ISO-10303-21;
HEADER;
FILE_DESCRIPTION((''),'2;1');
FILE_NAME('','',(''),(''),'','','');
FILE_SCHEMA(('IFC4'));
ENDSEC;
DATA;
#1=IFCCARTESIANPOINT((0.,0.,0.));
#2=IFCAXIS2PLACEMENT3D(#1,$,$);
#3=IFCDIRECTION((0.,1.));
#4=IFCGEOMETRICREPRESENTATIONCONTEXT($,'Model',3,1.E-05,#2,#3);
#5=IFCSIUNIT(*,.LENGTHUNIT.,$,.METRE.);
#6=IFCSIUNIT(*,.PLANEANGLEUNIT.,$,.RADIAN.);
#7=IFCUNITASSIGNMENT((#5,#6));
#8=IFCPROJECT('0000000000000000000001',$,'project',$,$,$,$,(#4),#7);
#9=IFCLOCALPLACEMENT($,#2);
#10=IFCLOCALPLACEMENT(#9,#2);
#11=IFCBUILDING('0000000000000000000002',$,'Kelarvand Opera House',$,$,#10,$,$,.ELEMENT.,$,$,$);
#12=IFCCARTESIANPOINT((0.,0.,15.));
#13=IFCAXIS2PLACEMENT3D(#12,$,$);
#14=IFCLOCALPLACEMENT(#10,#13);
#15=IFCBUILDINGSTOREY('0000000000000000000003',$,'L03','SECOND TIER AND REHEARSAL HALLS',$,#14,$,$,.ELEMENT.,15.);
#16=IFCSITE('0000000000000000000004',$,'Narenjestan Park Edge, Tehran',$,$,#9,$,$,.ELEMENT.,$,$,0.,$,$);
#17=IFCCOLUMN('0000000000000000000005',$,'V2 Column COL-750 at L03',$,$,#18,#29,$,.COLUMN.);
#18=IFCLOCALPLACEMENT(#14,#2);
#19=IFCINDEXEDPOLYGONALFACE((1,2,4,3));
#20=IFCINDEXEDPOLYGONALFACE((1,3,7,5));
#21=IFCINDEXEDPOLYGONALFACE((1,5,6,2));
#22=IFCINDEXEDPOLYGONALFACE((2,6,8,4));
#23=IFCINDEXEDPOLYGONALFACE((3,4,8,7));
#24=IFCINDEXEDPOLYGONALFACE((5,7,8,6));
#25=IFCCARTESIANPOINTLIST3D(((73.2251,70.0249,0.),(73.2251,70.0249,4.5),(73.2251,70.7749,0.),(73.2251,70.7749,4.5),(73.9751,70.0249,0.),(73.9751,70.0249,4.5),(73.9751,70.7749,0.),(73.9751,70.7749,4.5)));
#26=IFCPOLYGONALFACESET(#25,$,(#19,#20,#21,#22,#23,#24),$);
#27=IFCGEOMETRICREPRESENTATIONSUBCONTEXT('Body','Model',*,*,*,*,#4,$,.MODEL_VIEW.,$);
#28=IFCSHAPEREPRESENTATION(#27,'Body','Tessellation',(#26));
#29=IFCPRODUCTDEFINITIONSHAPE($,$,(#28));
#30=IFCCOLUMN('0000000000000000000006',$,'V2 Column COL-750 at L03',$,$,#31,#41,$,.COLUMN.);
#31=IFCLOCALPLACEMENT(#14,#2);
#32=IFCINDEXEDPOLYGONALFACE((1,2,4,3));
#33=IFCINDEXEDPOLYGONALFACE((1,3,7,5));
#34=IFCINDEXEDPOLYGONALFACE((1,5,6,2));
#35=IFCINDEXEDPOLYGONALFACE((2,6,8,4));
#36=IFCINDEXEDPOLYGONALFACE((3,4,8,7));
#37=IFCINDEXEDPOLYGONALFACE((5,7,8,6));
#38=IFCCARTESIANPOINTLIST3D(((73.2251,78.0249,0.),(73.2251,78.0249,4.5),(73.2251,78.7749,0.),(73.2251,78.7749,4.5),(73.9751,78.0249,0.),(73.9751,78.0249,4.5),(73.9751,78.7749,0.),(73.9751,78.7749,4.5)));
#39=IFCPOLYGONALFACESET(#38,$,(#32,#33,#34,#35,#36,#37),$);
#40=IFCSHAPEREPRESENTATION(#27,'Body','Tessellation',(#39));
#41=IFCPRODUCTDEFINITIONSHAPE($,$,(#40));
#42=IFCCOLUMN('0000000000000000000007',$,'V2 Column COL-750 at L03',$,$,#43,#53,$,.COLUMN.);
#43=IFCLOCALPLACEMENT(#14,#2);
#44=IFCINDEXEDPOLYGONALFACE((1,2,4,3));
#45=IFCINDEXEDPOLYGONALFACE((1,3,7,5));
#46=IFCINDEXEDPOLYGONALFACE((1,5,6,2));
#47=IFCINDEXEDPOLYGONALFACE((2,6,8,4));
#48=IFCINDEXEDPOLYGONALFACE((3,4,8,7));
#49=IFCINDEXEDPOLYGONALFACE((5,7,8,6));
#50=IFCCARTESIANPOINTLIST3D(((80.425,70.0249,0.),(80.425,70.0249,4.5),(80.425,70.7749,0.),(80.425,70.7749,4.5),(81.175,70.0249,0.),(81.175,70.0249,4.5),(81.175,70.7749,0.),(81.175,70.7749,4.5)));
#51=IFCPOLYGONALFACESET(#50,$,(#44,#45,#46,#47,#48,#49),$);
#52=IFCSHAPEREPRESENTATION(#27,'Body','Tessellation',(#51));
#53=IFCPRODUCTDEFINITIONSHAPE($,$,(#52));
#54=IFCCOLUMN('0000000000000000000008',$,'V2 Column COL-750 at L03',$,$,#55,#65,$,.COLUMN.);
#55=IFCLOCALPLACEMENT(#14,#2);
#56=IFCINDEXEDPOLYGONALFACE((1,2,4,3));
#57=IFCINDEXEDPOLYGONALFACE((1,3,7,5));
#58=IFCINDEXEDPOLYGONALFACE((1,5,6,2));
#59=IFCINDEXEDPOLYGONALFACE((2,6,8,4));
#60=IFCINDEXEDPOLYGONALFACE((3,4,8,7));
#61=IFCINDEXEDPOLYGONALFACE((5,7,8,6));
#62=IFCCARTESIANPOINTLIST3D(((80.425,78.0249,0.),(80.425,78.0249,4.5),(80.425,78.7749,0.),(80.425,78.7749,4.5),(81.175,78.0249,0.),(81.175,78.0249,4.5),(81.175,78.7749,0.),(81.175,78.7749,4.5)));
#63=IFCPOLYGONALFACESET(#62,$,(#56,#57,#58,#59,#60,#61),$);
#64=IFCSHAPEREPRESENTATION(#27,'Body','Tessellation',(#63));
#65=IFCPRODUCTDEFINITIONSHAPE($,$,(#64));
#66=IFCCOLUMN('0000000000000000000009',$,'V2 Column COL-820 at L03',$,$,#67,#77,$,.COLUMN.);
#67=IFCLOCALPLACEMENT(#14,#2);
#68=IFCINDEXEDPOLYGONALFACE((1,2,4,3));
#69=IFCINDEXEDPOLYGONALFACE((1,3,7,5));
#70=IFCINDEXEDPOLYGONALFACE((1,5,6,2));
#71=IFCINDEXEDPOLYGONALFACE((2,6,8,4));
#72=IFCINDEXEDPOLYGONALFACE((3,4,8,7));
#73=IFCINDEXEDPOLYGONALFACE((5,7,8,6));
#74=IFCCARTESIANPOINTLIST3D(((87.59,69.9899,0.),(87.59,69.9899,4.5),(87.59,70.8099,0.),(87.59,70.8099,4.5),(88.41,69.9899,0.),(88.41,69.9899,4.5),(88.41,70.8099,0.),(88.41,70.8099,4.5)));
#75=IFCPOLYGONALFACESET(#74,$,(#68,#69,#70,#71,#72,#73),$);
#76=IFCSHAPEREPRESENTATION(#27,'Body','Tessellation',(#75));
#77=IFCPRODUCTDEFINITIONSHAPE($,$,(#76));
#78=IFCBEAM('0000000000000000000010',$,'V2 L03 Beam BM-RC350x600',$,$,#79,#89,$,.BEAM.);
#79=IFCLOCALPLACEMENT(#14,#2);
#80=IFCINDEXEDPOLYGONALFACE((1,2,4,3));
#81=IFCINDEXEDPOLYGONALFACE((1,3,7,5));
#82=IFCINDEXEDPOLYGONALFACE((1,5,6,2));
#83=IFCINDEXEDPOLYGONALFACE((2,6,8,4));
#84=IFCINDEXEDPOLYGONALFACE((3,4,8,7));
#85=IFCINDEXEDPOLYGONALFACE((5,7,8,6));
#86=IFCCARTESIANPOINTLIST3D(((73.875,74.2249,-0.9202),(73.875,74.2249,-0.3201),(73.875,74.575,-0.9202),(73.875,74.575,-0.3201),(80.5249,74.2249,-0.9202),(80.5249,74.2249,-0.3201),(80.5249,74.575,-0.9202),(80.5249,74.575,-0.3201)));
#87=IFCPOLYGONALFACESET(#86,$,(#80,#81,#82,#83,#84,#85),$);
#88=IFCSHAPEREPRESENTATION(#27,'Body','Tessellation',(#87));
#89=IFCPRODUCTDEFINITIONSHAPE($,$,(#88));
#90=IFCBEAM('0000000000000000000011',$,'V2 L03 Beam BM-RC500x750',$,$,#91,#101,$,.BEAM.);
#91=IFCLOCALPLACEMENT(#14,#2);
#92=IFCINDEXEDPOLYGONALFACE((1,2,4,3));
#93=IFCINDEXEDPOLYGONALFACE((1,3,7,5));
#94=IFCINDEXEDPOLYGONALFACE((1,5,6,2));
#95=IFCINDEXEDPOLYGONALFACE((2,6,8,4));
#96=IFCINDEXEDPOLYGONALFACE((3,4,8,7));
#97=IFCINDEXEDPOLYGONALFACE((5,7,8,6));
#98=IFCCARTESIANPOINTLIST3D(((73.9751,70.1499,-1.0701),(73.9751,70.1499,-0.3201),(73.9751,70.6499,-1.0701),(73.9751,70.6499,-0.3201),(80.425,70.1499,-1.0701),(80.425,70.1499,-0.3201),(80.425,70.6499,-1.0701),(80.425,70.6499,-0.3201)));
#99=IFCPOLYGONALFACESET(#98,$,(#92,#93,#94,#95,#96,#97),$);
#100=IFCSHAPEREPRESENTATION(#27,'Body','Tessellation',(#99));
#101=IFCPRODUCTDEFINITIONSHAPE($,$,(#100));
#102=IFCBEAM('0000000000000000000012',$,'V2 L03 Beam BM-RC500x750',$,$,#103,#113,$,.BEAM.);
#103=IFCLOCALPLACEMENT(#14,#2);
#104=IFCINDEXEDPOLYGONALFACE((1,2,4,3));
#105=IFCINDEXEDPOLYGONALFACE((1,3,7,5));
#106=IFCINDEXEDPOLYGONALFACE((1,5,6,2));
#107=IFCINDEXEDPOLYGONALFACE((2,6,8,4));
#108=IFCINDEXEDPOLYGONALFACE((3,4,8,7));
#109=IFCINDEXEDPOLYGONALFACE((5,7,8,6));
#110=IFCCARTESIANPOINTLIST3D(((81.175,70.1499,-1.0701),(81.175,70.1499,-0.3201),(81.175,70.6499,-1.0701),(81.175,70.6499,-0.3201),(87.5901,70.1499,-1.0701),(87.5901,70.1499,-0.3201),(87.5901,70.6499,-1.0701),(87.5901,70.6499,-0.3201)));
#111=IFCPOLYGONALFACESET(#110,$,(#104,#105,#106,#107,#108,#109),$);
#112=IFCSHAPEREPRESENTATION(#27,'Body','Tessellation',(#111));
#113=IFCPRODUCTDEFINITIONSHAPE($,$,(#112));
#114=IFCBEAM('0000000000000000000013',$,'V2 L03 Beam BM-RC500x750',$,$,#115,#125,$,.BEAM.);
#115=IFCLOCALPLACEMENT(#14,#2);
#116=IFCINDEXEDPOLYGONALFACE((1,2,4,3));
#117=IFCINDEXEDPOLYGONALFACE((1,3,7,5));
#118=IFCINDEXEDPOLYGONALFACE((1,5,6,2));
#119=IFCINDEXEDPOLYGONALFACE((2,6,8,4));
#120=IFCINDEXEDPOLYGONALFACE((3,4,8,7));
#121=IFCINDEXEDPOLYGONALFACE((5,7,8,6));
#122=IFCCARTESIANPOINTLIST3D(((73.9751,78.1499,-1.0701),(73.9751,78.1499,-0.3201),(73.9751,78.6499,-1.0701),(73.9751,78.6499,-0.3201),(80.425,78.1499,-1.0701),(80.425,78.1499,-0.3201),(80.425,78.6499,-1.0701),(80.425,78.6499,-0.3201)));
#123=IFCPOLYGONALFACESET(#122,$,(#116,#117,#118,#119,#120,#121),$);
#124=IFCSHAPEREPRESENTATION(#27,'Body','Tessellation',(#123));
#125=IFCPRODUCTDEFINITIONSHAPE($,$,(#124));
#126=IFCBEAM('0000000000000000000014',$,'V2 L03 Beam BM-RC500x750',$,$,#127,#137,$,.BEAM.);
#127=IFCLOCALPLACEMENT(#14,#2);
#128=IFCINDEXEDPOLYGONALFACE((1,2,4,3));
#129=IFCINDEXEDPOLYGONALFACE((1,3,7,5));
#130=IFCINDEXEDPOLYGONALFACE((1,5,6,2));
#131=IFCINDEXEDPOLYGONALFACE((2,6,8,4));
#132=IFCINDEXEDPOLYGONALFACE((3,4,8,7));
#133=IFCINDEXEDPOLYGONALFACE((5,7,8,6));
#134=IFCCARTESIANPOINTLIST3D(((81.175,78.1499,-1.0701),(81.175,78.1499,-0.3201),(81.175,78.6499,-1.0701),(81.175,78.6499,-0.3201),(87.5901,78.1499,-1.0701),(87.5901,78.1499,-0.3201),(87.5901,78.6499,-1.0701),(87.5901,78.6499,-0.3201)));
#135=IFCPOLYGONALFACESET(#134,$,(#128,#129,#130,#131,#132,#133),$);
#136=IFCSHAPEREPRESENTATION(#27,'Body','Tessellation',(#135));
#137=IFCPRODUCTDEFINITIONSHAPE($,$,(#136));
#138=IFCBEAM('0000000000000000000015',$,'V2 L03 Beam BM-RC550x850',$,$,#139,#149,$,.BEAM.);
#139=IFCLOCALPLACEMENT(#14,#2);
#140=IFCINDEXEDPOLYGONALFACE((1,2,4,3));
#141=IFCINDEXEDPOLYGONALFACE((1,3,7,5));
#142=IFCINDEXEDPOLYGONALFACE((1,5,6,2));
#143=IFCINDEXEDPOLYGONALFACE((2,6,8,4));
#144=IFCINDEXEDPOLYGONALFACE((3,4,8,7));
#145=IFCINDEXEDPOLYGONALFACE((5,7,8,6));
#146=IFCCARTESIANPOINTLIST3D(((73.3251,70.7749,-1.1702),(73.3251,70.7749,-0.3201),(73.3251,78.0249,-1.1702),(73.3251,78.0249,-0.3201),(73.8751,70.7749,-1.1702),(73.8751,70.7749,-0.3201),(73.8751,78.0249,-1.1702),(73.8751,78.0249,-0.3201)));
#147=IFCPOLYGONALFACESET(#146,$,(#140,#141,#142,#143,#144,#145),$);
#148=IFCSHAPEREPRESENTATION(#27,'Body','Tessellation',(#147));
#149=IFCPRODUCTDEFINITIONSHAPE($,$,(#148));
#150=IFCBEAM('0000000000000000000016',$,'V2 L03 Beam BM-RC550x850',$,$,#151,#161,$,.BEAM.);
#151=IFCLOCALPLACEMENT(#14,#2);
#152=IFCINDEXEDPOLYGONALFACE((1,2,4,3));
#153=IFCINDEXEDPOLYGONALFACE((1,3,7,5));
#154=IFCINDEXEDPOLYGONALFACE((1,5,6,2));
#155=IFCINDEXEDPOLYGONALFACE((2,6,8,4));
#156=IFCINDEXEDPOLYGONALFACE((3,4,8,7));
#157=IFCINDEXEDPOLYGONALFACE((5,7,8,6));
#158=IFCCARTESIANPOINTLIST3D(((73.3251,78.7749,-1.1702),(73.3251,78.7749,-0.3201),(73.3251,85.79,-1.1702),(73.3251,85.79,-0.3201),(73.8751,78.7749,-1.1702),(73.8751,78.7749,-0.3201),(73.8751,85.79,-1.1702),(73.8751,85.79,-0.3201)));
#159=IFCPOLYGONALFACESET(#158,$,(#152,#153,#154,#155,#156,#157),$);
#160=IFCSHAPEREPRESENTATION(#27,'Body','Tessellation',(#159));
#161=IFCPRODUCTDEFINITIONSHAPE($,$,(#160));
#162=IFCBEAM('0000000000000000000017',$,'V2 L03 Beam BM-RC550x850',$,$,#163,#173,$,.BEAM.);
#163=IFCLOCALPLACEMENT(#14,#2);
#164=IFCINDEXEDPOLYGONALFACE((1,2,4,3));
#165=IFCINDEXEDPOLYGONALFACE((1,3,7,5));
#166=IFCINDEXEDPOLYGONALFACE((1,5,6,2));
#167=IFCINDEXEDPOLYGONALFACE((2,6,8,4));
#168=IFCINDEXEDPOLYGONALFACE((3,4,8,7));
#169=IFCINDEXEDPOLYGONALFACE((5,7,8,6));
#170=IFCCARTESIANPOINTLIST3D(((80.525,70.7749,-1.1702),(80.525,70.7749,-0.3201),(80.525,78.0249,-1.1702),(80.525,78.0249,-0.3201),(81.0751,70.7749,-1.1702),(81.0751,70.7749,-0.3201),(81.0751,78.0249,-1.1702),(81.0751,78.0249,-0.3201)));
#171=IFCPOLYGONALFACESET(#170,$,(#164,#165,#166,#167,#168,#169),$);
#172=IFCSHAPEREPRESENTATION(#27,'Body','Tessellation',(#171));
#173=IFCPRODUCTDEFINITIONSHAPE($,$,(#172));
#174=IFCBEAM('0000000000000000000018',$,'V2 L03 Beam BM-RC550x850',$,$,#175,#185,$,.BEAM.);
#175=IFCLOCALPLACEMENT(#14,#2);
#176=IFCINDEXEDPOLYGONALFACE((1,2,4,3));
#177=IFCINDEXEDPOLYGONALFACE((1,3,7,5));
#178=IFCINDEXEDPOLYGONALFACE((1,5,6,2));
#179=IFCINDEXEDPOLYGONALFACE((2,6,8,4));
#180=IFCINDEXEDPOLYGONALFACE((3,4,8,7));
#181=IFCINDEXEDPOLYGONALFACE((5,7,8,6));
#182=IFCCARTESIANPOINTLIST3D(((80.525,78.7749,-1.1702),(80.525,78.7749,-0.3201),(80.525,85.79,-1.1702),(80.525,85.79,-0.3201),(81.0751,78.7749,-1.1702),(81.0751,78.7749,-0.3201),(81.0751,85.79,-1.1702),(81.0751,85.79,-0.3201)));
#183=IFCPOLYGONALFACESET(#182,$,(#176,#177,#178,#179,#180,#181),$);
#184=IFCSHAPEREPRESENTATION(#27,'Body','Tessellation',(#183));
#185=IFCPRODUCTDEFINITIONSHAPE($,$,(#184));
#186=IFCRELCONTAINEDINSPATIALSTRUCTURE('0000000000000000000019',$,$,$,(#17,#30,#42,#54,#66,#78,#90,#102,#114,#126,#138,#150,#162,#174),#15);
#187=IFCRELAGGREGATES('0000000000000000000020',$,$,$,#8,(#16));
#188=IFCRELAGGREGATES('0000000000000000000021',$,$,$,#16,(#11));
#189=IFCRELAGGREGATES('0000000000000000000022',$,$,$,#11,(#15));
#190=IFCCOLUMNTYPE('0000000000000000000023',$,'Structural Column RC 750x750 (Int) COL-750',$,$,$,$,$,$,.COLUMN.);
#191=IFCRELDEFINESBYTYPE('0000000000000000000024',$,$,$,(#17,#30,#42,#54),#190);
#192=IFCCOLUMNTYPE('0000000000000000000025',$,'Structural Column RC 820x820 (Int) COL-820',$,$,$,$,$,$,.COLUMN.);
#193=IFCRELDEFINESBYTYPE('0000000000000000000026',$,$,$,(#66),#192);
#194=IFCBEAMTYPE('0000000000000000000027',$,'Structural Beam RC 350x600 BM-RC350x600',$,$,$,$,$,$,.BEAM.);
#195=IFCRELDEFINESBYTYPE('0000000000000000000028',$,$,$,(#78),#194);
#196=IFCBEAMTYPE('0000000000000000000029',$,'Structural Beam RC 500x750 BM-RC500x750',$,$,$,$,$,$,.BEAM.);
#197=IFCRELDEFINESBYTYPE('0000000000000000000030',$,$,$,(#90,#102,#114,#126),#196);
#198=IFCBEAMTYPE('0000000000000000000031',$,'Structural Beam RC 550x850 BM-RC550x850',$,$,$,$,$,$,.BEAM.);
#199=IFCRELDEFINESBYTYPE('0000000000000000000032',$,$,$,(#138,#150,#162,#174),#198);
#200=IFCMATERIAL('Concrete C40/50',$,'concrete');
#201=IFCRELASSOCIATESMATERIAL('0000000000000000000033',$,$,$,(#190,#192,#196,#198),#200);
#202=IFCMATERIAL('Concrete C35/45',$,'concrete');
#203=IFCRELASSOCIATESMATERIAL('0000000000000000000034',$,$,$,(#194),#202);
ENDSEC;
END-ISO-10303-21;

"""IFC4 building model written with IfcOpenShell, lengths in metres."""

from ifc_helpers import new_model, si_unit, direction, frame, origin, origin_2d, place, context, subcontext, project, spatial, rectangle, extrude, material, material_profile, profile_set, type_object, element, save


model = new_model("IFC4")

# Units and contexts
model_context = context("Model", 3, precision=1e-05, world=origin(), true_north=direction((0.0, 1.0)))
body_context = subcontext(model_context, "Body", "Model", "MODEL_VIEW")
ifc_project = project(units=[si_unit("LENGTHUNIT", "METRE"), si_unit("PLANEANGLEUNIT", "RADIAN")], contexts=[model_context])

# Site, building, storey
site_placement = place(None, origin())
site = spatial("IfcSite", under=ifc_project, at=site_placement, Name="Narenjestan Park Edge, Tehran", CompositionType="ELEMENT", RefElevation=0.0)
building_placement = place(site_placement, origin())
building = spatial("IfcBuilding", under=site, at=building_placement, Name="Kelarvand Opera House", CompositionType="ELEMENT")
storey_placement = place(building_placement, frame((0.0, 0.0, 15.0)))
storey = spatial("IfcBuildingStorey", under=building, at=storey_placement, Name="L03", Description="SECOND TIER AND REHEARSAL HALLS", CompositionType="ELEMENT", Elevation=15.0)

# Columns
ifc_material_1 = material(Name="Concrete C40/50", Category="concrete")
ifc_material_profile_1 = material_profile(ifc_material_1, rectangle(XDim=0.75, YDim=0.75, at=origin_2d()), Name="RC 750x750", Category="concrete")
ifc_profile_set_1 = profile_set([ifc_material_profile_1], Name="Concrete C40/50")
column_type_1 = type_object("IfcColumnType", Name="Structural Column RC 750x750 (Int) COL-750", PredefinedType="COLUMN", material=ifc_profile_set_1)
for number, where, z_axis, x_axis, name in (
    (1, (73.6001, 70.3999, 0.0), (0.0, 0.0, 1.0), (1.0, 0.0, 0.0), "V2 Column COL-750 at L03"),
    (2, (73.6001, 78.3999, 0.0), (0.0, 0.0, 1.0), (1.0, 0.0, 0.0), "V2 Column COL-750 at L03"),
    (3, (80.8, 70.3999, 0.0), (0.0, 0.0, 1.0), (1.0, 0.0, 0.0), "V2 Column COL-750 at L03"),
    (4, (80.8, 78.3999, 0.0), (0.0, 0.0, 1.0), (1.0, 0.0, 0.0), "V2 Column COL-750 at L03"),
):
    element("IfcColumn", number, at=place(storey_placement, frame(where, z_axis=z_axis, x_axis=x_axis)), inside=storey, type_object=column_type_1, Name=name, PredefinedType="COLUMN", context=body_context, shape_type="SweptSolid", body=[
        extrude(rectangle(XDim=0.75, YDim=0.75, at=origin_2d()), origin(), (0.0, 0.0, 1.0), 4.5),
    ])
ifc_material_profile_2 = material_profile(ifc_material_1, rectangle(XDim=0.8201, YDim=0.8201, at=origin_2d()), Name="RC 820x820", Category="concrete")
ifc_profile_set_2 = profile_set([ifc_material_profile_2], Name="Concrete C40/50")
column_type_2 = type_object("IfcColumnType", Name="Structural Column RC 820x820 (Int) COL-820", PredefinedType="COLUMN", material=ifc_profile_set_2)
column_placement = place(storey_placement, frame((88.0, 70.3999, 0.0), z_axis=(0.0, 0.0, 1.0), x_axis=(1.0, 0.0, 0.0)))
element("IfcColumn", 5, at=column_placement, inside=storey, type_object=column_type_2, Name="V2 Column COL-820 at L03", PredefinedType="COLUMN", context=body_context, shape_type="SweptSolid", body=[
    extrude(rectangle(XDim=0.8201, YDim=0.8201, at=origin_2d()), origin(), (0.0, 0.0, 1.0), 4.5),
])

# Beams
ifc_material_2 = material(Name="Concrete C35/45", Category="concrete")
ifc_material_profile_3 = material_profile(ifc_material_2, rectangle(XDim=0.3501, YDim=0.6001, at=origin_2d()), Name="RC 350x600", Category="concrete")
ifc_profile_set_3 = profile_set([ifc_material_profile_3], Name="Concrete C35/45")
beam_type_1 = type_object("IfcBeamType", Name="Structural Beam RC 350x600 BM-RC350x600", PredefinedType="BEAM", material=ifc_profile_set_3)
beam_1_placement = place(storey_placement, frame((73.875, 74.3999, -0.6201), z_axis=(1.0, 0.0, 0.0), x_axis=(0.0, 1.0, 0.0)))
element("IfcBeam", 6, at=beam_1_placement, inside=storey, type_object=beam_type_1, Name="V2 L03 Beam BM-RC350x600", PredefinedType="BEAM", context=body_context, shape_type="SweptSolid", body=[
    extrude(rectangle(XDim=0.3501, YDim=0.6001, at=origin_2d()), origin(), (0.0, 0.0, 1.0), 6.6499),
])
ifc_material_profile_4 = material_profile(ifc_material_1, rectangle(XDim=0.5, YDim=0.75, at=origin_2d()), Name="RC 500x750", Category="concrete")
ifc_profile_set_4 = profile_set([ifc_material_profile_4], Name="Concrete C40/50")
beam_type_2 = type_object("IfcBeamType", Name="Structural Beam RC 500x750 BM-RC500x750", PredefinedType="BEAM", material=ifc_profile_set_4)
beam_2_placement = place(storey_placement, frame((73.9751, 70.3999, -0.6951), z_axis=(1.0, 0.0, 0.0), x_axis=(0.0, 1.0, 0.0)))
element("IfcBeam", 7, at=beam_2_placement, inside=storey, type_object=beam_type_2, Name="V2 L03 Beam BM-RC500x750", PredefinedType="BEAM", context=body_context, shape_type="SweptSolid", body=[
    extrude(rectangle(XDim=0.5, YDim=0.75, at=origin_2d()), origin(), (0.0, 0.0, 1.0), 6.45),
])
beam_3_placement = place(storey_placement, frame((81.175, 70.3999, -0.6951), z_axis=(1.0, 0.0, 0.0), x_axis=(0.0, 1.0, 0.0)))
element("IfcBeam", 8, at=beam_3_placement, inside=storey, type_object=beam_type_2, Name="V2 L03 Beam BM-RC500x750", PredefinedType="BEAM", context=body_context, shape_type="SweptSolid", body=[
    extrude(rectangle(XDim=0.5, YDim=0.75, at=origin_2d()), origin(), (0.0, 0.0, 1.0), 6.415),
])
beam_4_placement = place(storey_placement, frame((73.9751, 78.3999, -0.6951), z_axis=(1.0, 0.0, 0.0), x_axis=(0.0, 1.0, 0.0)))
element("IfcBeam", 9, at=beam_4_placement, inside=storey, type_object=beam_type_2, Name="V2 L03 Beam BM-RC500x750", PredefinedType="BEAM", context=body_context, shape_type="SweptSolid", body=[
    extrude(rectangle(XDim=0.5, YDim=0.75, at=origin_2d()), origin(), (0.0, 0.0, 1.0), 6.45),
])
beam_5_placement = place(storey_placement, frame((81.175, 78.3999, -0.6951), z_axis=(1.0, 0.0, 0.0), x_axis=(0.0, 1.0, 0.0)))
element("IfcBeam", 10, at=beam_5_placement, inside=storey, type_object=beam_type_2, Name="V2 L03 Beam BM-RC500x750", PredefinedType="BEAM", context=body_context, shape_type="SweptSolid", body=[
    extrude(rectangle(XDim=0.5, YDim=0.75, at=origin_2d()), origin(), (0.0, 0.0, 1.0), 6.415),
])
ifc_material_profile_5 = material_profile(ifc_material_1, rectangle(XDim=0.55, YDim=0.8501, at=origin_2d()), Name="RC 550x850", Category="concrete")
ifc_profile_set_5 = profile_set([ifc_material_profile_5], Name="Concrete C40/50")
beam_type_3 = type_object("IfcBeamType", Name="Structural Beam RC 550x850 BM-RC550x850", PredefinedType="BEAM", material=ifc_profile_set_5)
beam_6_placement = place(storey_placement, frame((73.6001, 70.7749, -0.7451), z_axis=(0.0, 1.0, 0.0), x_axis=(-1.0, 0.0, 0.0)))
element("IfcBeam", 11, at=beam_6_placement, inside=storey, type_object=beam_type_3, Name="V2 L03 Beam BM-RC550x850", PredefinedType="BEAM", context=body_context, shape_type="SweptSolid", body=[
    extrude(rectangle(XDim=0.55, YDim=0.8501, at=origin_2d()), origin(), (0.0, 0.0, 1.0), 7.25),
])
beam_7_placement = place(storey_placement, frame((73.6001, 78.7749, -0.7451), z_axis=(0.0, 1.0, 0.0), x_axis=(-1.0, 0.0, 0.0)))
element("IfcBeam", 12, at=beam_7_placement, inside=storey, type_object=beam_type_3, Name="V2 L03 Beam BM-RC550x850", PredefinedType="BEAM", context=body_context, shape_type="SweptSolid", body=[
    extrude(rectangle(XDim=0.55, YDim=0.8501, at=origin_2d()), origin(), (0.0, 0.0, 1.0), 7.0151),
])
beam_8_placement = place(storey_placement, frame((80.8, 70.7749, -0.7451), z_axis=(0.0, 1.0, 0.0), x_axis=(-1.0, 0.0, 0.0)))
element("IfcBeam", 13, at=beam_8_placement, inside=storey, type_object=beam_type_3, Name="V2 L03 Beam BM-RC550x850", PredefinedType="BEAM", context=body_context, shape_type="SweptSolid", body=[
    extrude(rectangle(XDim=0.55, YDim=0.8501, at=origin_2d()), origin(), (0.0, 0.0, 1.0), 7.25),
])
beam_9_placement = place(storey_placement, frame((80.8, 78.7749, -0.7451), z_axis=(0.0, 1.0, 0.0), x_axis=(-1.0, 0.0, 0.0)))
element("IfcBeam", 14, at=beam_9_placement, inside=storey, type_object=beam_type_3, Name="V2 L03 Beam BM-RC550x850", PredefinedType="BEAM", context=body_context, shape_type="SweptSolid", body=[
    extrude(rectangle(XDim=0.55, YDim=0.8501, at=origin_2d()), origin(), (0.0, 0.0, 1.0), 7.0151),
])

save(model, "model.ifc")
